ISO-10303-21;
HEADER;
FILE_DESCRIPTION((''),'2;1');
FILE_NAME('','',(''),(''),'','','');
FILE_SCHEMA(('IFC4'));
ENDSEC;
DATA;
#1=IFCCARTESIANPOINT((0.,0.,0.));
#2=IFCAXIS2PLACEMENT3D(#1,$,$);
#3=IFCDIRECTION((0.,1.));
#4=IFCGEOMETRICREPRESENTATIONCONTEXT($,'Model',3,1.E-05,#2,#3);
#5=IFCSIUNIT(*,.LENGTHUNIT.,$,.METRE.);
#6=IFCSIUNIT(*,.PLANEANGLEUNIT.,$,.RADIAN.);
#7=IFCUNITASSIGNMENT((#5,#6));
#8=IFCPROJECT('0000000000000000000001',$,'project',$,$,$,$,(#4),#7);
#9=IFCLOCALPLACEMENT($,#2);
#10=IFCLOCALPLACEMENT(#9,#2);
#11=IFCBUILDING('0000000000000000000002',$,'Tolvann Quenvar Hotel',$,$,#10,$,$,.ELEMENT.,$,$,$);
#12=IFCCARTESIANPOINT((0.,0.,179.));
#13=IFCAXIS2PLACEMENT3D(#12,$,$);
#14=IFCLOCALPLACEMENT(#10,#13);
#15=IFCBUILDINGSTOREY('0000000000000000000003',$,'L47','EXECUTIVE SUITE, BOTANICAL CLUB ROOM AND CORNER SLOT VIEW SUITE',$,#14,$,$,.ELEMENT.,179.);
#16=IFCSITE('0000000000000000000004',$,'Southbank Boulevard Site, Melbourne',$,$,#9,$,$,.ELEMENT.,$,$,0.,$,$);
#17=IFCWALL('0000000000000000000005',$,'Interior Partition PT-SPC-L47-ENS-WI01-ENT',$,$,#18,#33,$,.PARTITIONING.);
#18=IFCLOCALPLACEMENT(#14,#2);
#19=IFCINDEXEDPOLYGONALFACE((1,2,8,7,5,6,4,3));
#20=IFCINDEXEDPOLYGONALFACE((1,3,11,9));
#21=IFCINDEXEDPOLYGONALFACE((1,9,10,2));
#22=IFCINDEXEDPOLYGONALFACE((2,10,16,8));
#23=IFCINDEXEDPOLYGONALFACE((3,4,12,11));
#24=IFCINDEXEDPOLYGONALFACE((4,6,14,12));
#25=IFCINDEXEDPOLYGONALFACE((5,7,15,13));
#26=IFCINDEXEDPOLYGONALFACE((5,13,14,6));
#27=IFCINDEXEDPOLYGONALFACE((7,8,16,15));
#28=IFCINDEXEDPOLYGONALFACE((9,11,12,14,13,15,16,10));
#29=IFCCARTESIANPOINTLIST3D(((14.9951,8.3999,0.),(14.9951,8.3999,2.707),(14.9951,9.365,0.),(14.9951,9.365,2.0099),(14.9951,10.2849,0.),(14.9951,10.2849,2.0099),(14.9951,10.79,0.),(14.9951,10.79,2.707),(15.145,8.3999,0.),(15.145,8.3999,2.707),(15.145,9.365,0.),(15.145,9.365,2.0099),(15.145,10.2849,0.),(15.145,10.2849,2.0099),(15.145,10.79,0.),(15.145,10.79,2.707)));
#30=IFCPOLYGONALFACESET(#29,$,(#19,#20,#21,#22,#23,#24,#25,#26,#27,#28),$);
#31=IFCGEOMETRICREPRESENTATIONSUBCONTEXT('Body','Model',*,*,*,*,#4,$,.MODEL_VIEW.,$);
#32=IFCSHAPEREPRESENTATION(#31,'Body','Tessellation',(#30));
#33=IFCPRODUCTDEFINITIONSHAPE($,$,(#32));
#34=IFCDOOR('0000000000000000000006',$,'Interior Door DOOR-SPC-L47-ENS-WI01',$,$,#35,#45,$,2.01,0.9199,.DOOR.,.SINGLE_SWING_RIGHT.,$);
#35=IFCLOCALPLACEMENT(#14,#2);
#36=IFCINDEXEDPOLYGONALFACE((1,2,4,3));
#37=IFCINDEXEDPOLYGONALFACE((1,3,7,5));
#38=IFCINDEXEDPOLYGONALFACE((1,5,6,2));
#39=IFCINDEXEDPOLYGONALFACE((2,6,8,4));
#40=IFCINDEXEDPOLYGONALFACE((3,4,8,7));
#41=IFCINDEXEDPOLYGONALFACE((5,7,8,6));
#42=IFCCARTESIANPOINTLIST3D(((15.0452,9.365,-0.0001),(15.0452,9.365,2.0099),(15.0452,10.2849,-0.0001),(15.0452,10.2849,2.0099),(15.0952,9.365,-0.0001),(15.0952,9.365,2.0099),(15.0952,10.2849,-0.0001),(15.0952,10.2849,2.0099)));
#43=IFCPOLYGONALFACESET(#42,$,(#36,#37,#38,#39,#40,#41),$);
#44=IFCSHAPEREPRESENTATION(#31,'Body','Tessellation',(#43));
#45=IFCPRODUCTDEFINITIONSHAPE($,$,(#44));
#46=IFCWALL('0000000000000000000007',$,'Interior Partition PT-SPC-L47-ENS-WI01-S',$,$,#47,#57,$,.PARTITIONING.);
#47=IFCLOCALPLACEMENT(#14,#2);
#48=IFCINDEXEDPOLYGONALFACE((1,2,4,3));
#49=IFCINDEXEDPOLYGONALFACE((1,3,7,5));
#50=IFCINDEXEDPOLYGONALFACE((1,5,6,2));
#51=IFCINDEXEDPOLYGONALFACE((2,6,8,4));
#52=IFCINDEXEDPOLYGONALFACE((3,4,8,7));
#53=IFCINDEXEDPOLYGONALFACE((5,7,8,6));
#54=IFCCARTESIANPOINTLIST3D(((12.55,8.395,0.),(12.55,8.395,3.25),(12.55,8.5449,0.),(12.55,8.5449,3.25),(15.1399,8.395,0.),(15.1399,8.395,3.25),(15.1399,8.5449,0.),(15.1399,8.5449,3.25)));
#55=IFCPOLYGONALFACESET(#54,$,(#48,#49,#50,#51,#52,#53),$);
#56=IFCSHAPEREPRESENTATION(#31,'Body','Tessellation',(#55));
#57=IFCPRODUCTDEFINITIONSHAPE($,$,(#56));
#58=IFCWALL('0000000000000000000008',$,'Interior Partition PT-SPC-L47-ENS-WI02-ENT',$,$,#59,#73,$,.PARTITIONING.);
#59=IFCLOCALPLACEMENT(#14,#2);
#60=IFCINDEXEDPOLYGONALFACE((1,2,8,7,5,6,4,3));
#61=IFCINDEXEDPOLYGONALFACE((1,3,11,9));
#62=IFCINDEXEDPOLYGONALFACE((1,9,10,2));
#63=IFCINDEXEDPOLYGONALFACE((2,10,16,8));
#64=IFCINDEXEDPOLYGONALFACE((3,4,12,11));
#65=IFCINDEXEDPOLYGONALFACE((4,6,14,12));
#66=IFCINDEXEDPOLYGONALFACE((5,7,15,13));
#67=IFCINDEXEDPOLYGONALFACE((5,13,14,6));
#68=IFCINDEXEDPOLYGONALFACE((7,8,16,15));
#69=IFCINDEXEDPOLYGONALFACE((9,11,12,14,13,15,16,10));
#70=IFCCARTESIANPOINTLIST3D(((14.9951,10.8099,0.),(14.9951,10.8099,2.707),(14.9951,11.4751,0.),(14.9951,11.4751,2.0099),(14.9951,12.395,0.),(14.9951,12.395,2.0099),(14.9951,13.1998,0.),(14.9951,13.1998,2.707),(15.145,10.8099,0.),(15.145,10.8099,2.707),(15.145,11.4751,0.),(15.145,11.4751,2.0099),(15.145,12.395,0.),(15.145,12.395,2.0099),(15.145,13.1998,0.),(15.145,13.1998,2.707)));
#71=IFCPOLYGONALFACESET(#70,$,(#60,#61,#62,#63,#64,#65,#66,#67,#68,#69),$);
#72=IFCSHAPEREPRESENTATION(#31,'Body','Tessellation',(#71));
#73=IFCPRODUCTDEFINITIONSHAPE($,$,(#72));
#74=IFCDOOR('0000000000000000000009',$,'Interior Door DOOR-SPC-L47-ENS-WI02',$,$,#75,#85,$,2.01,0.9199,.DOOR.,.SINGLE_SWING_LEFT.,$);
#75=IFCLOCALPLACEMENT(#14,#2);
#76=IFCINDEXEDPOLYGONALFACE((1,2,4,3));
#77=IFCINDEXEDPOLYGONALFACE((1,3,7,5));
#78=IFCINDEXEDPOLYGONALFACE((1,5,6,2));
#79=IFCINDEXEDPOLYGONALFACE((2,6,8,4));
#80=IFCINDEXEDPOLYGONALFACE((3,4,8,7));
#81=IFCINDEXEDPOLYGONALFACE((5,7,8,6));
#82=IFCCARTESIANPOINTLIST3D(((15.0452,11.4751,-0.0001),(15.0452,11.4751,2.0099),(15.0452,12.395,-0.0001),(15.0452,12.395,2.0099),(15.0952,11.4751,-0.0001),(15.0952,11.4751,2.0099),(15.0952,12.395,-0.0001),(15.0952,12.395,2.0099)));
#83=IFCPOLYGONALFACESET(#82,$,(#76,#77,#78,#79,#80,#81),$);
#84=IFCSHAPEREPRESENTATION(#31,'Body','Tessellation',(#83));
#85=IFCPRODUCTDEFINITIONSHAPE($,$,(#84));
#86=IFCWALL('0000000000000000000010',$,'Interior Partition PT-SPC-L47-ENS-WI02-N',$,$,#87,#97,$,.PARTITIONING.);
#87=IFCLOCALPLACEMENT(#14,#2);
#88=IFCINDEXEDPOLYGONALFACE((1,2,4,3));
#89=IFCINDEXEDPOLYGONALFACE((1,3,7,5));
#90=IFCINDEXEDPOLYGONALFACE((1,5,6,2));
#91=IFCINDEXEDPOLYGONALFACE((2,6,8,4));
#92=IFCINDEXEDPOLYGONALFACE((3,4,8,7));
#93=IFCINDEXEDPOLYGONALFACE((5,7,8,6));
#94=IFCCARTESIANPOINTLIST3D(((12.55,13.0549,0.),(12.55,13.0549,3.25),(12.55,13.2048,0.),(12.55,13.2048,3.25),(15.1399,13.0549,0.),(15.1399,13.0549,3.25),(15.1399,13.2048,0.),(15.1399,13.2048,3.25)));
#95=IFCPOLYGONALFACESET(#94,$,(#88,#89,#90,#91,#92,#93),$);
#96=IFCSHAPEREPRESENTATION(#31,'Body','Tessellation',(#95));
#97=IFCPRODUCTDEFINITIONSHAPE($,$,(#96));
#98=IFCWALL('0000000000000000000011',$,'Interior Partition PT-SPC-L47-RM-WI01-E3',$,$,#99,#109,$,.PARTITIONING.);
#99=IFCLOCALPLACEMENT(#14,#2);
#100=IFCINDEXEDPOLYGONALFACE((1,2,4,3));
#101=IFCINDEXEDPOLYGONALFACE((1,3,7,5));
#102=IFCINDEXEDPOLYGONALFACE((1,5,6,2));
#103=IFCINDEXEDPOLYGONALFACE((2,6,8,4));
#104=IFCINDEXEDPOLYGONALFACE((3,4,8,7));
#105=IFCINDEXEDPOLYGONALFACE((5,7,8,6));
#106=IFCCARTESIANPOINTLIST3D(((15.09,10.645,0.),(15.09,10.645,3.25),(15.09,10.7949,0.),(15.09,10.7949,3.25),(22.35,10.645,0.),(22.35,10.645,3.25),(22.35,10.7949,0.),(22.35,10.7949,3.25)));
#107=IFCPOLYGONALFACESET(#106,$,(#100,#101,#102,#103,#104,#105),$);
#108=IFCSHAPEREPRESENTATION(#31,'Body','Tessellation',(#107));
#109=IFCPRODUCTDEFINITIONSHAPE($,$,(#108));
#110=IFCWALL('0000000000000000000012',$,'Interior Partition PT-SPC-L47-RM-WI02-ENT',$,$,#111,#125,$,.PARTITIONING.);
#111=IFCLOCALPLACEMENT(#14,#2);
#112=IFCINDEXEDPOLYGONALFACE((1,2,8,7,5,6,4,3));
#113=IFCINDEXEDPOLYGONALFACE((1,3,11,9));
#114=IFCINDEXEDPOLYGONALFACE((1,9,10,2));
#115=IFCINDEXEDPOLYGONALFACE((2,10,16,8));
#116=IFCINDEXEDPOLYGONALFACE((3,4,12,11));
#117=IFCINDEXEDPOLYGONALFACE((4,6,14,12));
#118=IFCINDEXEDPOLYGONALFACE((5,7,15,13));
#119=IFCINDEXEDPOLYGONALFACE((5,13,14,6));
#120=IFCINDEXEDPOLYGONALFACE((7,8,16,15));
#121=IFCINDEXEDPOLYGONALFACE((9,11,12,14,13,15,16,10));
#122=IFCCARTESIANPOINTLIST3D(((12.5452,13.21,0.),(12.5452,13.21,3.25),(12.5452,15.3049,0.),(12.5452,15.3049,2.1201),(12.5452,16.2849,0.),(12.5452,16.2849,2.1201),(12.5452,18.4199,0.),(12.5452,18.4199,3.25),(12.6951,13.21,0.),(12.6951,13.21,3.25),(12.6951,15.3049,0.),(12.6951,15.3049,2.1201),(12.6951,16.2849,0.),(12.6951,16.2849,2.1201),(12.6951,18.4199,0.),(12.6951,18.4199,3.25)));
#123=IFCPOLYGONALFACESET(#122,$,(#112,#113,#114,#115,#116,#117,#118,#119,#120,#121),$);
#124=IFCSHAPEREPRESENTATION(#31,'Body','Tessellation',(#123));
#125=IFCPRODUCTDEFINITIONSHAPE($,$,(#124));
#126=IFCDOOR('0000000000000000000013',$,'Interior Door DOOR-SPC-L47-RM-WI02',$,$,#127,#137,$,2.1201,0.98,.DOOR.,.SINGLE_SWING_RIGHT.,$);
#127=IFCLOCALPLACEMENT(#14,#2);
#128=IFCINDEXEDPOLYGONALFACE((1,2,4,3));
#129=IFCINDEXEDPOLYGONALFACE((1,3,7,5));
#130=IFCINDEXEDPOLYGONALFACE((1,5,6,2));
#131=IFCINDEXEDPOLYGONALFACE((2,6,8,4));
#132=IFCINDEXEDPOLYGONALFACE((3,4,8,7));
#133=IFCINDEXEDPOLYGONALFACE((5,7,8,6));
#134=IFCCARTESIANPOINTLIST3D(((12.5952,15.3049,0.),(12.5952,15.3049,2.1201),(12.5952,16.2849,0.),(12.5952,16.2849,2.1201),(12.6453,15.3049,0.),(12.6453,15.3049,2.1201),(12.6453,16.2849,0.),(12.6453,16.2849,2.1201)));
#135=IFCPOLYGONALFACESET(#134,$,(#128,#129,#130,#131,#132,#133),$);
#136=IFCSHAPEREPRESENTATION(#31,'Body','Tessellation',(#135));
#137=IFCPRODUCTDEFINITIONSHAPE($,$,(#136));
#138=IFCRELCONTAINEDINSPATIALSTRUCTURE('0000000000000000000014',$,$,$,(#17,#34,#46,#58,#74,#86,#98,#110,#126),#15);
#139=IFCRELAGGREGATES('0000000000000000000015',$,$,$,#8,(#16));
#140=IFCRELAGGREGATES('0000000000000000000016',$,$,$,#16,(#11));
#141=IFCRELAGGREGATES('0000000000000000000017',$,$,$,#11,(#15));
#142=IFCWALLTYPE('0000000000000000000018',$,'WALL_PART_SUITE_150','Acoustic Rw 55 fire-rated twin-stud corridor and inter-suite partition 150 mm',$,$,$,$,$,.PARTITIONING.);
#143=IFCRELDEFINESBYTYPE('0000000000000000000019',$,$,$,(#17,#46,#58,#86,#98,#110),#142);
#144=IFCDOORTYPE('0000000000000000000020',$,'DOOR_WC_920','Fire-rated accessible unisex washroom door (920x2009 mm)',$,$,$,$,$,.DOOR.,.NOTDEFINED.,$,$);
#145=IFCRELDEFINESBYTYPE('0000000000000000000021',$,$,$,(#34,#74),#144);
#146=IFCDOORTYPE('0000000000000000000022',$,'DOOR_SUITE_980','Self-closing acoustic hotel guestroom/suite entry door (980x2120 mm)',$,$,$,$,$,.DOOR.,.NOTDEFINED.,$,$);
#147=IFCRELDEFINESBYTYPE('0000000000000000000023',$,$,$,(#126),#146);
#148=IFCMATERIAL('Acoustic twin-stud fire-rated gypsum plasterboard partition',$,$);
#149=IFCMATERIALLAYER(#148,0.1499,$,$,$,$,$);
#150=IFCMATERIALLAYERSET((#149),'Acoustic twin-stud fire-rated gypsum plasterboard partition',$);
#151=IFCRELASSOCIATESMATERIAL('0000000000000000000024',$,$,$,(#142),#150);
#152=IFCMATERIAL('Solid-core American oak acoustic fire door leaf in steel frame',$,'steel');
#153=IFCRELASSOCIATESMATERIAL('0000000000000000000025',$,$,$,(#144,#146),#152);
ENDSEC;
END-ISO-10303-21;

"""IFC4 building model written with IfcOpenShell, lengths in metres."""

from ifc_helpers import new_model, si_unit, direction, frame, frame_2d, origin, place, context, subcontext, project, spatial, rectangle, extrude, source, transform, mapped, material, layer, layer_set, type_object, type_shapes, element, fill, save


model = new_model("IFC4")

# Units and contexts
model_context = context("Model", 3, precision=1e-05, world=origin(), true_north=direction((0.0, 1.0)))
body_context = subcontext(model_context, "Body", "Model", "MODEL_VIEW")
ifc_project = project(units=[si_unit("LENGTHUNIT", "METRE"), si_unit("PLANEANGLEUNIT", "RADIAN")], contexts=[model_context])

# Site, building, storey
site_placement = place(None, origin())
site = spatial("IfcSite", under=ifc_project, at=site_placement, Name="Southbank Boulevard Site, Melbourne", CompositionType="ELEMENT", RefElevation=0.0)
building_placement = place(site_placement, origin())
building = spatial("IfcBuilding", under=site, at=building_placement, Name="Tolvann Quenvar Hotel", CompositionType="ELEMENT")
storey_placement = place(building_placement, frame((0.0, 0.0, 179.0)))
storey = spatial("IfcBuildingStorey", under=building, at=storey_placement, Name="L47", Description="EXECUTIVE SUITE, BOTANICAL CLUB ROOM AND CORNER SLOT VIEW SUITE", CompositionType="ELEMENT", Elevation=179.0)

# Shared definitions
ifc_material_1 = material(Name="Acoustic twin-stud fire-rated gypsum plasterboard partition")
ifc_layer_1 = layer(ifc_material_1, 0.1499)
ifc_layer_set_1 = layer_set([ifc_layer_1], Name="Acoustic twin-stud fire-rated gypsum plasterboard partition")
wall_type_1 = type_object("IfcWallType", Name="WALL_PART_SUITE_150", Description="Acoustic Rw 55 fire-rated twin-stud corridor and inter-suite partition 150 mm", PredefinedType="PARTITIONING", material=ifc_layer_set_1)
ifc_material_2 = material(Name="Solid-core American oak acoustic fire door leaf in steel frame", Category="steel")
door_type_1 = type_object("IfcDoorType", Name="DOOR_WC_920", Description="Fire-rated accessible unisex washroom door (920x2009 mm)", OperationType="NOTDEFINED", PredefinedType="DOOR", material=ifc_material_2)
shared_shape_1 = source(origin(), body_context, "Body", "SweptSolid", [
    extrude(rectangle(XDim=0.9199, YDim=2.01, at=frame_2d((0.46, 1.0049))), frame((0.0, 0.0249, 0.0), z_axis=(0.0, -1.0, 0.0), x_axis=(1.0, 0.0, 0.0)), (0.0, 0.0, 1.0), 0.05),
])
type_shapes(door_type_1, [shared_shape_1])

# Wall, opening, door
wall_1_placement = place(storey_placement, frame((15.0701, 8.3999, 0.0), z_axis=(0.0, 0.0, 1.0), x_axis=(0.0, 1.0, 0.0)))
wall_1 = element("IfcWall", 1, at=wall_1_placement, inside=storey, type_object=wall_type_1, Name="Interior Partition PT-SPC-L47-ENS-WI01-ENT", PredefinedType="PARTITIONING", context=body_context, shape_type="SweptSolid", body=[
    extrude(rectangle(XDim=2.3901, YDim=0.1499, at=frame_2d((1.1951, 0.0))), origin(), (0.0, 0.0, 1.0), 2.707),
])
opening_1_placement = place(wall_1_placement, frame((0.9651, 0.0, 0.0)))
opening_1 = element("IfcOpeningElement", 2, at=opening_1_placement, cuts=wall_1, PredefinedType="OPENING", context=body_context, shape_type="SweptSolid", body=[
    extrude(rectangle(XDim=0.9199, YDim=2.01, at=frame_2d((0.46, 1.0049))), frame((0.0, 0.085, 0.0), z_axis=(0.0, -1.0, 0.0), x_axis=(1.0, 0.0, 0.0)), (0.0, 0.0, 1.0), 0.1699),
])
door_1_placement = place(opening_1_placement, origin())
door_1 = element("IfcDoor", 3, at=door_1_placement, inside=storey, type_object=door_type_1, Name="Interior Door DOOR-SPC-L47-ENS-WI01", OperationType="SINGLE_SWING_RIGHT", OverallHeight=2.01, OverallWidth=0.9199, PredefinedType="DOOR", context=body_context, shape_type="MappedRepresentation", body=[
    mapped(shared_shape_1, transform((0.0, 0.0, 0.0), x_axis=(1.0, 0.0, 0.0), y_axis=(0.0, 1.0, 0.0), z_axis=(0.0, 0.0, 1.0), scale=1.0)),
])
fill(opening_1, door_1)

# Wall
wall_2_placement = place(storey_placement, frame((12.55, 8.47, 0.0), z_axis=(0.0, 0.0, 1.0), x_axis=(1.0, 0.0, 0.0)))
element("IfcWall", 4, at=wall_2_placement, inside=storey, type_object=wall_type_1, Name="Interior Partition PT-SPC-L47-ENS-WI01-S", PredefinedType="PARTITIONING", context=body_context, shape_type="SweptSolid", body=[
    extrude(rectangle(XDim=2.5898, YDim=0.1499, at=frame_2d((1.2949, 0.0))), origin(), (0.0, 0.0, 1.0), 3.25),
])

# Wall, opening, door
wall_3_placement = place(storey_placement, frame((15.0701, 10.8101, 0.0), z_axis=(0.0, 0.0, 1.0), x_axis=(0.0, 1.0, 0.0)))
wall_3 = element("IfcWall", 5, at=wall_3_placement, inside=storey, type_object=wall_type_1, Name="Interior Partition PT-SPC-L47-ENS-WI02-ENT", PredefinedType="PARTITIONING", context=body_context, shape_type="SweptSolid", body=[
    extrude(rectangle(XDim=2.3899, YDim=0.1499, at=frame_2d((1.1948, 0.0))), origin(), (0.0, 0.0, 1.0), 2.707),
])
opening_2_placement = place(wall_3_placement, frame((0.665, 0.0, 0.0)))
opening_2 = element("IfcOpeningElement", 6, at=opening_2_placement, cuts=wall_3, PredefinedType="OPENING", context=body_context, shape_type="SweptSolid", body=[
    extrude(rectangle(XDim=0.9199, YDim=2.01, at=frame_2d((0.46, 1.0049))), frame((0.0, 0.085, 0.0), z_axis=(0.0, -1.0, 0.0), x_axis=(1.0, 0.0, 0.0)), (0.0, 0.0, 1.0), 0.1699),
])
door_2_placement = place(opening_2_placement, origin())
door_2 = element("IfcDoor", 7, at=door_2_placement, inside=storey, type_object=door_type_1, Name="Interior Door DOOR-SPC-L47-ENS-WI02", OperationType="SINGLE_SWING_LEFT", OverallHeight=2.01, OverallWidth=0.9199, PredefinedType="DOOR", context=body_context, shape_type="MappedRepresentation", body=[
    mapped(shared_shape_1, transform((0.0, 0.0, 0.0), x_axis=(1.0, 0.0, 0.0), y_axis=(0.0, 1.0, 0.0), z_axis=(0.0, 0.0, 1.0), scale=1.0)),
])
fill(opening_2, door_2)

# Wall
wall_4_placement = place(storey_placement, frame((12.55, 13.1299, 0.0), z_axis=(0.0, 0.0, 1.0), x_axis=(1.0, 0.0, 0.0)))
element("IfcWall", 8, at=wall_4_placement, inside=storey, type_object=wall_type_1, Name="Interior Partition PT-SPC-L47-ENS-WI02-N", PredefinedType="PARTITIONING", context=body_context, shape_type="SweptSolid", body=[
    extrude(rectangle(XDim=2.5898, YDim=0.1499, at=frame_2d((1.2949, 0.0))), origin(), (0.0, 0.0, 1.0), 3.25),
])

# Shared definitions
door_type_2 = type_object("IfcDoorType", Name="DOOR_SUITE_980", Description="Self-closing acoustic hotel guestroom/suite entry door (980x2120 mm)", OperationType="NOTDEFINED", PredefinedType="DOOR", material=ifc_material_2)
shared_shape_2 = source(origin(), body_context, "Body", "SweptSolid", [
    extrude(rectangle(XDim=0.98, YDim=2.1201, at=frame_2d((0.49, 1.0601))), frame((0.0, 0.0249, 0.0), z_axis=(0.0, -1.0, 0.0), x_axis=(1.0, 0.0, 0.0)), (0.0, 0.0, 1.0), 0.05),
])
type_shapes(door_type_2, [shared_shape_2])

# Wall
wall_5_placement = place(storey_placement, frame((15.0901, 10.72, 0.0), z_axis=(0.0, 0.0, 1.0), x_axis=(1.0, 0.0, 0.0)))
element("IfcWall", 9, at=wall_5_placement, inside=storey, type_object=wall_type_1, Name="Interior Partition PT-SPC-L47-RM-WI01-E3", PredefinedType="PARTITIONING", context=body_context, shape_type="SweptSolid", body=[
    extrude(rectangle(XDim=7.26, YDim=0.1499, at=frame_2d((3.6299, 0.0))), origin(), (0.0, 0.0, 1.0), 3.25),
])

# Wall, opening, door
wall_6_placement = place(storey_placement, frame((12.6201, 13.21, 0.0), z_axis=(0.0, 0.0, 1.0), x_axis=(0.0, 1.0, 0.0)))
wall_6 = element("IfcWall", 10, at=wall_6_placement, inside=storey, type_object=wall_type_1, Name="Interior Partition PT-SPC-L47-RM-WI02-ENT", PredefinedType="PARTITIONING", context=body_context, shape_type="SweptSolid", body=[
    extrude(rectangle(XDim=5.21, YDim=0.1499, at=frame_2d((2.605, 0.0))), origin(), (0.0, 0.0, 1.0), 3.25),
])
opening_3_placement = place(wall_6_placement, frame((2.095, 0.0, 0.0)))
opening_3 = element("IfcOpeningElement", 11, at=opening_3_placement, cuts=wall_6, PredefinedType="OPENING", context=body_context, shape_type="SweptSolid", body=[
    extrude(rectangle(XDim=0.98, YDim=2.1201, at=frame_2d((0.49, 1.0601))), frame((0.0, 0.085, 0.0), z_axis=(0.0, -1.0, 0.0), x_axis=(1.0, 0.0, 0.0)), (0.0, 0.0, 1.0), 0.1699),
])
door_3_placement = place(opening_3_placement, origin())
door_3 = element("IfcDoor", 12, at=door_3_placement, inside=storey, type_object=door_type_2, Name="Interior Door DOOR-SPC-L47-RM-WI02", OperationType="SINGLE_SWING_RIGHT", OverallHeight=2.1201, OverallWidth=0.98, PredefinedType="DOOR", context=body_context, shape_type="MappedRepresentation", body=[
    mapped(shared_shape_2, transform((0.0, 0.0, 0.0), x_axis=(1.0, 0.0, 0.0), y_axis=(0.0, 1.0, 0.0), z_axis=(0.0, 0.0, 1.0), scale=1.0)),
])
fill(opening_3, door_3)

save(model, "model.ifc")
